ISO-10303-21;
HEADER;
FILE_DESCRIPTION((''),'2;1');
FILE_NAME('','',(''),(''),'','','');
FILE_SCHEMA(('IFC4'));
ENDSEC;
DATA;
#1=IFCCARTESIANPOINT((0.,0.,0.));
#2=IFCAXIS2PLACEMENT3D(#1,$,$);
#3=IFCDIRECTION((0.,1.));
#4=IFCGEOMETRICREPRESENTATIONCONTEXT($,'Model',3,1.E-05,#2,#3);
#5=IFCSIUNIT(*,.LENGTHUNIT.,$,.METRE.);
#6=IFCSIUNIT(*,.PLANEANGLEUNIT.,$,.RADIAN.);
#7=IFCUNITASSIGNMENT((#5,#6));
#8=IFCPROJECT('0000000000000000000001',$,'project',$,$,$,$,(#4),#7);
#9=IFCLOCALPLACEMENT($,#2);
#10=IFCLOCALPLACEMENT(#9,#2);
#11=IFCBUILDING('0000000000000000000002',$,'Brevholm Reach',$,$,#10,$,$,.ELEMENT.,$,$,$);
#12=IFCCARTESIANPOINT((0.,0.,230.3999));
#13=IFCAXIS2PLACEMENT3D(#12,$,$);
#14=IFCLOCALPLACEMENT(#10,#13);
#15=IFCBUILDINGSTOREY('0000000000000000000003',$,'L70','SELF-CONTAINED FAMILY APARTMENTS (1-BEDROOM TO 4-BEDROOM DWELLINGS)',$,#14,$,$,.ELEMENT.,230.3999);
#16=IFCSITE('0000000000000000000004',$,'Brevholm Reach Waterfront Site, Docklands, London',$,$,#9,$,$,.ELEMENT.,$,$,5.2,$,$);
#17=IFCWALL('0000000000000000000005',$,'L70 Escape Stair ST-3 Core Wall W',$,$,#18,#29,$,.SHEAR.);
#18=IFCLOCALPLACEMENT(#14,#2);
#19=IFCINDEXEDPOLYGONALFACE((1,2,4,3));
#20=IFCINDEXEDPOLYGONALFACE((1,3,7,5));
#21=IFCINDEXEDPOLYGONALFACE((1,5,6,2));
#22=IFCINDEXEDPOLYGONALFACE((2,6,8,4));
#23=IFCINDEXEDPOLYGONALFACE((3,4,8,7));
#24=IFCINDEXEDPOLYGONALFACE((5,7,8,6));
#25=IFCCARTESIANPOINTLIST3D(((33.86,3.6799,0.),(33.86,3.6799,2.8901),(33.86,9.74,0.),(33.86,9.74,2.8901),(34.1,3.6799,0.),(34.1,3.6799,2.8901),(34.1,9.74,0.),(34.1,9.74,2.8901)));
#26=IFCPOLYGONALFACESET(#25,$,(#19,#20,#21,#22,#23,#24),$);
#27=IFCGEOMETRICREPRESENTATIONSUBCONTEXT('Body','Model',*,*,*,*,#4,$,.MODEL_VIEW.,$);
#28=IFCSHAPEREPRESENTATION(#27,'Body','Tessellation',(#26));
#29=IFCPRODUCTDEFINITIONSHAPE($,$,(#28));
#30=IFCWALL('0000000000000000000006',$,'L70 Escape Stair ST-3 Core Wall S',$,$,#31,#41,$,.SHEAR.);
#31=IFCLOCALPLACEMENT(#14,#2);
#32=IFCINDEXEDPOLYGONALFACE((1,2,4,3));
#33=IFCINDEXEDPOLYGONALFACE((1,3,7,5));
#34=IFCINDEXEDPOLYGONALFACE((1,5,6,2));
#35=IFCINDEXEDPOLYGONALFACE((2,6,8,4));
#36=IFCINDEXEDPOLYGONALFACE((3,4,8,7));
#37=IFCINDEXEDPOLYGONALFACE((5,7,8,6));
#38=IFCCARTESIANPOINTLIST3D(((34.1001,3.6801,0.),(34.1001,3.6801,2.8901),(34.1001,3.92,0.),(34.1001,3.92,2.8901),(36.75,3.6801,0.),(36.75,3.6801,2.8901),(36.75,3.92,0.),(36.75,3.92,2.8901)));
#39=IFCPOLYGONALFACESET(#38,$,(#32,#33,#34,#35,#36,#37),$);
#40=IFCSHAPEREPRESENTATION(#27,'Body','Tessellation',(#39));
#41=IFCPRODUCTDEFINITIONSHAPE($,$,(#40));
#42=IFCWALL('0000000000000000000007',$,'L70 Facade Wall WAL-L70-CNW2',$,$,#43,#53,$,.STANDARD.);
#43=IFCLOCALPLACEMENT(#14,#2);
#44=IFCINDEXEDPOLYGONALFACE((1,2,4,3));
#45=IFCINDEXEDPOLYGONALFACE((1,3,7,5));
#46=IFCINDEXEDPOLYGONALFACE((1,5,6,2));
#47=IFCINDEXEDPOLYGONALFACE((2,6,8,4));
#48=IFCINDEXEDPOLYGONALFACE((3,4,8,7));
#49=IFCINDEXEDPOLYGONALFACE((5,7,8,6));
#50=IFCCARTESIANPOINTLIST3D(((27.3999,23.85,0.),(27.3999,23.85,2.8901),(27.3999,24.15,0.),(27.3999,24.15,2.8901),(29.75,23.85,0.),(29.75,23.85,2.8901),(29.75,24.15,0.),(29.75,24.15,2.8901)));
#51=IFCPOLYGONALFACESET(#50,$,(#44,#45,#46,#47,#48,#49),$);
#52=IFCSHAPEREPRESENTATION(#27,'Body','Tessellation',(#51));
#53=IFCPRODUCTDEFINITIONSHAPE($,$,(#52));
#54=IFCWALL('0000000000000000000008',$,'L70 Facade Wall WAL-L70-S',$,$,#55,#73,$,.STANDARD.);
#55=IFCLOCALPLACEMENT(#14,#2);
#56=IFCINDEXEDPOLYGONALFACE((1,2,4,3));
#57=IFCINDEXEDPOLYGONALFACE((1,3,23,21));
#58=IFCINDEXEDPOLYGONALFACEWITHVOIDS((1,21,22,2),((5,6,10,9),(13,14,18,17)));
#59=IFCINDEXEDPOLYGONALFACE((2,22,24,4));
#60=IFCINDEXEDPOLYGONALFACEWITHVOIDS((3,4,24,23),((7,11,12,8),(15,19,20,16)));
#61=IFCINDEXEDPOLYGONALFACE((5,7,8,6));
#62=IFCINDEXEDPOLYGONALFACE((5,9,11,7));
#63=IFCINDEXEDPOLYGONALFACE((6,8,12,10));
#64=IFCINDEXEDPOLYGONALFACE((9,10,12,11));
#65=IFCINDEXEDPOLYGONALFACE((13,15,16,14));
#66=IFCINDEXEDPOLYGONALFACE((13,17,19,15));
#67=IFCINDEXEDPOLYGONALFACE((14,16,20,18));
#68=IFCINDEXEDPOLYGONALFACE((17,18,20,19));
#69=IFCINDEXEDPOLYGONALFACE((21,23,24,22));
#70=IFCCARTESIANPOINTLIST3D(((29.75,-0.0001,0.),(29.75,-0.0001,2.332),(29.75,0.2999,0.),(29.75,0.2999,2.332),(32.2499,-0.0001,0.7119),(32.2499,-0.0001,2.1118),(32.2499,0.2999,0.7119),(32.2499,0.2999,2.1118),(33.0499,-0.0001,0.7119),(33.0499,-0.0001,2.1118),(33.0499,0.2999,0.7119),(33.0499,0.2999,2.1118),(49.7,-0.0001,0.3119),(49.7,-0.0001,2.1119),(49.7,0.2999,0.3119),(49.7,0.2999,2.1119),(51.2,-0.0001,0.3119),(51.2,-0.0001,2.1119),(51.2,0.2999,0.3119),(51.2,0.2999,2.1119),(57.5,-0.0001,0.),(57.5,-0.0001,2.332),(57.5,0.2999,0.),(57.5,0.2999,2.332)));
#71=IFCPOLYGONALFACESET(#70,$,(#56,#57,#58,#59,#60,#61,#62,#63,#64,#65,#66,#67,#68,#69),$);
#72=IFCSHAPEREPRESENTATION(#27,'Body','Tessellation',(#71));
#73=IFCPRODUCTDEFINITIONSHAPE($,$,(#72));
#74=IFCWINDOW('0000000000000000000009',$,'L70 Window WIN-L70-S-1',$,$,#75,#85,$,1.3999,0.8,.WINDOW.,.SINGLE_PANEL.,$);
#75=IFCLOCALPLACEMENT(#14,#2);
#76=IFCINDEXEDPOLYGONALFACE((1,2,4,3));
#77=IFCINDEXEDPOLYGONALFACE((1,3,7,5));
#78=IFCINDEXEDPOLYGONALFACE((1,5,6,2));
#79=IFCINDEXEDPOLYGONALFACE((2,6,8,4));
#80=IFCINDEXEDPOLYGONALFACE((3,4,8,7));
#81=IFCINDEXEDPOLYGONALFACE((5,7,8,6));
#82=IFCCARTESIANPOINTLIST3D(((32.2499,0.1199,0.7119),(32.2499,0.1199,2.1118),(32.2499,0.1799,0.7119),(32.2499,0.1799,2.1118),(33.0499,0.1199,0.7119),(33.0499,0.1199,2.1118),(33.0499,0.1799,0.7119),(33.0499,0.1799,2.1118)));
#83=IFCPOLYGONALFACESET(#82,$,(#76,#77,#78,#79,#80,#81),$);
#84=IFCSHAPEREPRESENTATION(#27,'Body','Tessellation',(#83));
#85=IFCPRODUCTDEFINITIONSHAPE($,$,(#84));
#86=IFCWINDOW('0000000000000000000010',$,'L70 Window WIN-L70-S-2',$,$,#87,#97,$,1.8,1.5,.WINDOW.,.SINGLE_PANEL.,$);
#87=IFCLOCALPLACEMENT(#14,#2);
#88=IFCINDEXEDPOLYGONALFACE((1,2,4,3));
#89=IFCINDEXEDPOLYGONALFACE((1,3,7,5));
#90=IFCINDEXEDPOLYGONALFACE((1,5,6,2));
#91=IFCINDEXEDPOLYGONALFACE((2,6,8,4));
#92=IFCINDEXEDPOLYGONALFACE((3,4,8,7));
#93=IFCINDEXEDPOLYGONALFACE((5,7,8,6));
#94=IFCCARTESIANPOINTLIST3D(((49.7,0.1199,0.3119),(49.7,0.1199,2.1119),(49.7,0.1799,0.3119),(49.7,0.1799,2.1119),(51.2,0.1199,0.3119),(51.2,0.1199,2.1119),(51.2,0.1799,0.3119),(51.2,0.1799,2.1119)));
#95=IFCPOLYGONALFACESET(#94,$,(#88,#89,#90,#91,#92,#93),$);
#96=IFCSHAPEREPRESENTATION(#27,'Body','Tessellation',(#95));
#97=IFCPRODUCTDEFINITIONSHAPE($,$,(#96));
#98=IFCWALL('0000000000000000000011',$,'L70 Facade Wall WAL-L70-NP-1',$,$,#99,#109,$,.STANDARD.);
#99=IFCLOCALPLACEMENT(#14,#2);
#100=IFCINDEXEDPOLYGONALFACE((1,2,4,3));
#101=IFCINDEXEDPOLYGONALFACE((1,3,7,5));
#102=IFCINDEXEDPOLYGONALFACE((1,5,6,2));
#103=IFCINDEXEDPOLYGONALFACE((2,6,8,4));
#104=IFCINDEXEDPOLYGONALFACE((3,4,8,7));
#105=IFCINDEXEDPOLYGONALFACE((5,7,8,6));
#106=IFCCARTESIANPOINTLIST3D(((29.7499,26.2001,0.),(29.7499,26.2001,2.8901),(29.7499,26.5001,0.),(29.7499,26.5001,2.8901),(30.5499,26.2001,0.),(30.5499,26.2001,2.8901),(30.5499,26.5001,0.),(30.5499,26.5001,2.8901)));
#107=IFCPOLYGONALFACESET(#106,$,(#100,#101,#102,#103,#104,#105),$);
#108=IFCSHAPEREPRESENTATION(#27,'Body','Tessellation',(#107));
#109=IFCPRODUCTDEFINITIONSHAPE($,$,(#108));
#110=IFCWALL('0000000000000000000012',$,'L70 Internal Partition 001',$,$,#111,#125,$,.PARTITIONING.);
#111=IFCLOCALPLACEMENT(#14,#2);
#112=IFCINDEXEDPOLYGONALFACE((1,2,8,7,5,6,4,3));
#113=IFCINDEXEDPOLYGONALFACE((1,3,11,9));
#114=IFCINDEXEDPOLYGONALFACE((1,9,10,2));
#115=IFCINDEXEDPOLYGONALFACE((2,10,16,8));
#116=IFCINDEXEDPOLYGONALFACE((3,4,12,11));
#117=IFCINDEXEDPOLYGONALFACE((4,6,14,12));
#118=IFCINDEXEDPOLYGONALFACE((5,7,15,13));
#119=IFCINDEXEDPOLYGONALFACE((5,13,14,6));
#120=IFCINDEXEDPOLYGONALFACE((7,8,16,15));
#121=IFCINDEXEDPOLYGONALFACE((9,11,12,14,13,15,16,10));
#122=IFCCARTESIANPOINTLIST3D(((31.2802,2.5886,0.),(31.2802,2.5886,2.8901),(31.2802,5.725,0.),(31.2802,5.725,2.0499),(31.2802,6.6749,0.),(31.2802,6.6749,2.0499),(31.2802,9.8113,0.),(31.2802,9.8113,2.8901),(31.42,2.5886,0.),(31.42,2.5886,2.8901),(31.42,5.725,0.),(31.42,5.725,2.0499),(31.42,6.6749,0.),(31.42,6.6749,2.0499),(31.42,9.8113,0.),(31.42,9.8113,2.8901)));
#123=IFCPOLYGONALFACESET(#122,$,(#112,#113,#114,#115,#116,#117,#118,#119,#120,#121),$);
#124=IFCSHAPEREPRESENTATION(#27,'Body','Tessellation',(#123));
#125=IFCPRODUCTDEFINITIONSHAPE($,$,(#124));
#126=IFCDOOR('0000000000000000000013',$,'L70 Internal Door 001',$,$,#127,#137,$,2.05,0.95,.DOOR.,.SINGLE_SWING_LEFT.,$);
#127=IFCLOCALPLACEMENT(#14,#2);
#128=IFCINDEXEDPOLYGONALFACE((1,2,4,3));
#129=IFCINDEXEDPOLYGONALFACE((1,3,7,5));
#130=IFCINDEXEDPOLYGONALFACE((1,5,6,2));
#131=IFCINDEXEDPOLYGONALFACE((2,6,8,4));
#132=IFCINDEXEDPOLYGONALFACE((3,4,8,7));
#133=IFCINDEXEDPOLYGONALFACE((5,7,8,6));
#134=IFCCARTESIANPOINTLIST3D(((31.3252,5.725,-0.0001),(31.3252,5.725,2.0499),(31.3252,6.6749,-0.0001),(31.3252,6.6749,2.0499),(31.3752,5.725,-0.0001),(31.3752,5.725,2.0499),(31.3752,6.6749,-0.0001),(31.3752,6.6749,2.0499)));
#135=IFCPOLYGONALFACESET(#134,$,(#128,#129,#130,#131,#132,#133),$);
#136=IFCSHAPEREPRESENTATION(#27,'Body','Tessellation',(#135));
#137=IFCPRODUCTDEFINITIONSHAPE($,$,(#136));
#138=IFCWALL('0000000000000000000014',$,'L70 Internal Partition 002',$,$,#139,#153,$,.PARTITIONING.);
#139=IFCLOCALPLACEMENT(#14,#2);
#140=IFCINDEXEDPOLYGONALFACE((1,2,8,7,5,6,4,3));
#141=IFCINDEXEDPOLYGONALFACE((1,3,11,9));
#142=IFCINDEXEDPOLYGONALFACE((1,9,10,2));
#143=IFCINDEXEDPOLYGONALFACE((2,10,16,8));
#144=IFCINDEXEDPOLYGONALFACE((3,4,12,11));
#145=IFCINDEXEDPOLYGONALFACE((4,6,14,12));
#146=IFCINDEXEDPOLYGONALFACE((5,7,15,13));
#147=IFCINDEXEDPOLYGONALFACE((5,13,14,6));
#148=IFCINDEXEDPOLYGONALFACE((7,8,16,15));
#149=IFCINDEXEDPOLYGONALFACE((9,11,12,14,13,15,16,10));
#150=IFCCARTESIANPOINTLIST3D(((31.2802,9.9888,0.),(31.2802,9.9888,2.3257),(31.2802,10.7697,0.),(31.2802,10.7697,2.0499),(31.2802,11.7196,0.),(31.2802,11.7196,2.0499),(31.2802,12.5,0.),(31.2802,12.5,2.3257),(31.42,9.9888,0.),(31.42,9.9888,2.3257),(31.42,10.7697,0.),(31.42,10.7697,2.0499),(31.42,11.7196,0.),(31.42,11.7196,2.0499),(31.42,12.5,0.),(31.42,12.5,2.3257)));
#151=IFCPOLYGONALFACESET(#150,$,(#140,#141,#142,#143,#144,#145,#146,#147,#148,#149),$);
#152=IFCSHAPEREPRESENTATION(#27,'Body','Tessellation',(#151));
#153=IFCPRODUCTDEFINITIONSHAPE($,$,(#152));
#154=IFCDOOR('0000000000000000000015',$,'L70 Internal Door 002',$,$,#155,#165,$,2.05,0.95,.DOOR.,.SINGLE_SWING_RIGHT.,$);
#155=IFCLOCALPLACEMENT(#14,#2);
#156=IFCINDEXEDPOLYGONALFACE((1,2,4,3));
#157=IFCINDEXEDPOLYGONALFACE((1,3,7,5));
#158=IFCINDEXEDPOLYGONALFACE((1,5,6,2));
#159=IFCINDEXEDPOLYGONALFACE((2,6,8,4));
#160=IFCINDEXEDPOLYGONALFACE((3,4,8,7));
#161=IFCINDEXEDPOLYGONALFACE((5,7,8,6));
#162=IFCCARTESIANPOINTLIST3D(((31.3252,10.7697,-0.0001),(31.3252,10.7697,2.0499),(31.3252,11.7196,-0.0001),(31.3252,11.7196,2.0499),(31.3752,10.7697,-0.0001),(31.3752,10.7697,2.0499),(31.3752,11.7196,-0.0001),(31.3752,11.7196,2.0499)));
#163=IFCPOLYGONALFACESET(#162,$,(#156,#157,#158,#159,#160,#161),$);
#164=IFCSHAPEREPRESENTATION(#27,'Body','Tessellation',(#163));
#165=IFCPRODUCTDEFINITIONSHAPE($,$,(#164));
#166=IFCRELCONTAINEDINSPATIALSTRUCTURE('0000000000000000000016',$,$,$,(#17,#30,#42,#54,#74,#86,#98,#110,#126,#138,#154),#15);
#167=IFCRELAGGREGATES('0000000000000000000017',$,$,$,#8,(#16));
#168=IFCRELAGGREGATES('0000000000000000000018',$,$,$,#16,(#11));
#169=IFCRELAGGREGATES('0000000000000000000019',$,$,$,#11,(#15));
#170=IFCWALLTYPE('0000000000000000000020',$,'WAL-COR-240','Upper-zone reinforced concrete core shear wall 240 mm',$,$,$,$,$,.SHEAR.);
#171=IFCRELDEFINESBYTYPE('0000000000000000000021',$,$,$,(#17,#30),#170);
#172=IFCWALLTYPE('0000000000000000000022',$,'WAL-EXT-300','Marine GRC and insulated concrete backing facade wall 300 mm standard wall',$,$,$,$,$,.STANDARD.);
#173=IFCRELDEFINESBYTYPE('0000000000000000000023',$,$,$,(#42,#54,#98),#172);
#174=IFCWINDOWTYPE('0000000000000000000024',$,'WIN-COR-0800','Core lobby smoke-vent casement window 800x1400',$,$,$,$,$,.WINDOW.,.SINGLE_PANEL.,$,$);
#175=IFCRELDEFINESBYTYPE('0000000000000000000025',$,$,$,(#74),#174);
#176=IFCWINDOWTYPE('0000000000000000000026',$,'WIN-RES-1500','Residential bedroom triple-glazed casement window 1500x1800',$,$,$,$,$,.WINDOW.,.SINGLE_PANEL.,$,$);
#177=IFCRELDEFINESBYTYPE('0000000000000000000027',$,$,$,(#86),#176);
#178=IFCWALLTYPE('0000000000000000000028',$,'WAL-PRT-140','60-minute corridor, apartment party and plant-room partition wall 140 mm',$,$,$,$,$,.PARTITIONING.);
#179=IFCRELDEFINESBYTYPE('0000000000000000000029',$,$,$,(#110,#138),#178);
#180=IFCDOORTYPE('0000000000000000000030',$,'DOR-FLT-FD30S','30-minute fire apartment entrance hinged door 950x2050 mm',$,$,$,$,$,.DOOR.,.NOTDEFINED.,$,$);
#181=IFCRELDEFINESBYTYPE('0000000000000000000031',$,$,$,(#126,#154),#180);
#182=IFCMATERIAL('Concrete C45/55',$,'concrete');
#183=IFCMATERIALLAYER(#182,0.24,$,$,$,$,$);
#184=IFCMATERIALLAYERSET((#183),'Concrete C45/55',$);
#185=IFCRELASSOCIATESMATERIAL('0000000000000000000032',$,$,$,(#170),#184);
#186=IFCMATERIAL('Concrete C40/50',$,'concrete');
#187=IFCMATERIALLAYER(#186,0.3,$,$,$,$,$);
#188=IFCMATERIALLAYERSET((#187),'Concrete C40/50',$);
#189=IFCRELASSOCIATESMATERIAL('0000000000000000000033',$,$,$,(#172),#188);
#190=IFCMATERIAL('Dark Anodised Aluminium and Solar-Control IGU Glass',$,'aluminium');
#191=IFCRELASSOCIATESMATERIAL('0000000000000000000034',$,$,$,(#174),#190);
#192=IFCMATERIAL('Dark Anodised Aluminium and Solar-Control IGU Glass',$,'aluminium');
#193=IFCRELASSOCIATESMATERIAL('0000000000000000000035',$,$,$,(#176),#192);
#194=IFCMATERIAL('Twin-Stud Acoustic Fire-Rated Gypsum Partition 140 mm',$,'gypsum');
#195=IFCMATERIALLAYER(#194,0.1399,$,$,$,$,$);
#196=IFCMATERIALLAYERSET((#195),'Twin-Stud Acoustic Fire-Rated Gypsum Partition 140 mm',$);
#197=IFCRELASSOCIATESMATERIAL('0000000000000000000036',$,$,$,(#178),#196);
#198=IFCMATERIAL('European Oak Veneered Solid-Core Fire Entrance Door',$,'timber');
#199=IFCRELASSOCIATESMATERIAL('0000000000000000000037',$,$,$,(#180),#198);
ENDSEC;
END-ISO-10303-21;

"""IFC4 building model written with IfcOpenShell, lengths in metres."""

from ifc_helpers import new_model, si_unit, direction, frame, frame_2d, origin, place, context, subcontext, project, spatial, rectangle, extrude, material, layer, layer_set, type_object, element, fill, save


model = new_model("IFC4")

# Units and contexts
model_context = context("Model", 3, precision=1e-05, world=origin(), true_north=direction((0.0, 1.0)))
body_context = subcontext(model_context, "Body", "Model", "MODEL_VIEW")
ifc_project = project(units=[si_unit("LENGTHUNIT", "METRE"), si_unit("PLANEANGLEUNIT", "RADIAN")], contexts=[model_context])

# Site, building, storey
site_placement = place(None, origin())
site = spatial("IfcSite", under=ifc_project, at=site_placement, Name="Brevholm Reach Waterfront Site, Docklands, London", CompositionType="ELEMENT", RefElevation=5.2)
building_placement = place(site_placement, origin())
building = spatial("IfcBuilding", under=site, at=building_placement, Name="Brevholm Reach", CompositionType="ELEMENT")
storey_placement = place(building_placement, frame((0.0, 0.0, 230.3999)))
storey = spatial("IfcBuildingStorey", under=building, at=storey_placement, Name="L70", Description="SELF-CONTAINED FAMILY APARTMENTS (1-BEDROOM TO 4-BEDROOM DWELLINGS)", CompositionType="ELEMENT", Elevation=230.3999)

# Walls
ifc_material_1 = material(Name="Concrete C45/55", Category="concrete")
ifc_layer_1 = layer(ifc_material_1, 0.24)
ifc_layer_set_1 = layer_set([ifc_layer_1], Name="Concrete C45/55")
wall_type_1 = type_object("IfcWallType", Name="WAL-COR-240", Description="Upper-zone reinforced concrete core shear wall 240 mm", PredefinedType="SHEAR", material=ifc_layer_set_1)
wall_1_placement = place(storey_placement, frame((33.98, 3.6799, 0.0), z_axis=(0.0, 0.0, 1.0), x_axis=(0.0, 1.0, 0.0)))
element("IfcWall", 1, at=wall_1_placement, inside=storey, type_object=wall_type_1, Name="L70 Escape Stair ST-3 Core Wall W", PredefinedType="SHEAR", context=body_context, shape_type="SweptSolid", body=[
    extrude(rectangle(XDim=6.0601, YDim=0.24, at=frame_2d((3.03, 0.0))), origin(), (0.0, 0.0, 1.0), 2.8901),
])
wall_2_placement = place(storey_placement, frame((34.1001, 3.8, 0.0), z_axis=(0.0, 0.0, 1.0), x_axis=(1.0, 0.0, 0.0)))
element("IfcWall", 2, at=wall_2_placement, inside=storey, type_object=wall_type_1, Name="L70 Escape Stair ST-3 Core Wall S", PredefinedType="SHEAR", context=body_context, shape_type="SweptSolid", body=[
    extrude(rectangle(XDim=2.6499, YDim=0.24, at=frame_2d((1.325, 0.0))), origin(), (0.0, 0.0, 1.0), 2.8901),
])
ifc_material_2 = material(Name="Concrete C40/50", Category="concrete")
ifc_layer_2 = layer(ifc_material_2, 0.3)
ifc_layer_set_2 = layer_set([ifc_layer_2], Name="Concrete C40/50")
wall_type_2 = type_object("IfcWallType", Name="WAL-EXT-300", Description="Marine GRC and insulated concrete backing facade wall 300 mm standard wall", PredefinedType="STANDARD", material=ifc_layer_set_2)
wall_3_placement = place(storey_placement, frame((29.75, 24.0, 0.0), z_axis=(0.0, 0.0, 1.0), x_axis=(-1.0, 0.0, 0.0)))
element("IfcWall", 3, at=wall_3_placement, inside=storey, type_object=wall_type_2, Name="L70 Facade Wall WAL-L70-CNW2", PredefinedType="STANDARD", context=body_context, shape_type="SweptSolid", body=[
    extrude(rectangle(XDim=2.3501, YDim=0.3, at=frame_2d((1.175, 0.0))), origin(), (0.0, 0.0, 1.0), 2.8901),
])

# Wall, openings, windows
wall_4_placement = place(storey_placement, frame((29.75, 0.1499, 0.0), z_axis=(0.0, 0.0, 1.0), x_axis=(1.0, 0.0, 0.0)))
wall_4 = element("IfcWall", 4, at=wall_4_placement, inside=storey, type_object=wall_type_2, Name="L70 Facade Wall WAL-L70-S", PredefinedType="STANDARD", context=body_context, shape_type="SweptSolid", body=[
    extrude(rectangle(XDim=27.75, YDim=0.3, at=frame_2d((13.875, 0.0))), origin(), (0.0, 0.0, 1.0), 2.332),
])
opening_1_placement = place(wall_4_placement, frame((2.5, 0.0, 0.7119)))
opening_1 = element("IfcOpeningElement", 5, at=opening_1_placement, cuts=wall_4, PredefinedType="OPENING", context=body_context, shape_type="SweptSolid", body=[
    extrude(rectangle(XDim=0.8, YDim=1.3999, at=frame_2d((0.3999, 0.7))), frame((0.0, 0.1599, 0.0), z_axis=(0.0, -1.0, 0.0), x_axis=(1.0, 0.0, 0.0)), (0.0, 0.0, 1.0), 0.3201),
])
opening_2_placement = place(wall_4_placement, frame((19.95, 0.0, 0.312)))
opening_2 = element("IfcOpeningElement", 6, at=opening_2_placement, cuts=wall_4, PredefinedType="OPENING", context=body_context, shape_type="SweptSolid", body=[
    extrude(rectangle(XDim=1.5, YDim=1.8, at=frame_2d((0.75, 0.8999))), frame((0.0, 0.1599, 0.0), z_axis=(0.0, -1.0, 0.0), x_axis=(1.0, 0.0, 0.0)), (0.0, 0.0, 1.0), 0.3201),
])
ifc_material_3 = material(Name="Dark Anodised Aluminium and Solar-Control IGU Glass", Category="aluminium")
window_type_1 = type_object("IfcWindowType", Name="WIN-COR-0800", Description="Core lobby smoke-vent casement window 800x1400", PartitioningType="SINGLE_PANEL", PredefinedType="WINDOW", material=ifc_material_3)
window_1_placement = place(opening_1_placement, origin())
window_1 = element("IfcWindow", 7, at=window_1_placement, inside=storey, type_object=window_type_1, Name="L70 Window WIN-L70-S-1", OverallHeight=1.3999, OverallWidth=0.8, PartitioningType="SINGLE_PANEL", PredefinedType="WINDOW", context=body_context, shape_type="SweptSolid", body=[
    extrude(rectangle(XDim=0.8, YDim=1.3999, at=frame_2d((0.3999, 0.7))), frame((0.0, 0.03, 0.0), z_axis=(0.0, -1.0, 0.0), x_axis=(1.0, 0.0, 0.0)), (0.0, 0.0, 1.0), 0.0601),
])
fill(opening_1, window_1)
ifc_material_4 = material(Name="Dark Anodised Aluminium and Solar-Control IGU Glass", Category="aluminium")
window_type_2 = type_object("IfcWindowType", Name="WIN-RES-1500", Description="Residential bedroom triple-glazed casement window 1500x1800", PartitioningType="SINGLE_PANEL", PredefinedType="WINDOW", material=ifc_material_4)
window_2_placement = place(opening_2_placement, origin())
window_2 = element("IfcWindow", 8, at=window_2_placement, inside=storey, type_object=window_type_2, Name="L70 Window WIN-L70-S-2", OverallHeight=1.8, OverallWidth=1.5, PartitioningType="SINGLE_PANEL", PredefinedType="WINDOW", context=body_context, shape_type="SweptSolid", body=[
    extrude(rectangle(XDim=1.5, YDim=1.8, at=frame_2d((0.75, 0.8999))), frame((0.0, 0.03, 0.0), z_axis=(0.0, -1.0, 0.0), x_axis=(1.0, 0.0, 0.0)), (0.0, 0.0, 1.0), 0.0601),
])
fill(opening_2, window_2)

# Wall
wall_5_placement = place(storey_placement, frame((29.75, 26.3501, 0.0), z_axis=(0.0, 0.0, 1.0), x_axis=(1.0, 0.0, 0.0)))
element("IfcWall", 9, at=wall_5_placement, inside=storey, type_object=wall_type_2, Name="L70 Facade Wall WAL-L70-NP-1", PredefinedType="STANDARD", context=body_context, shape_type="SweptSolid", body=[
    extrude(rectangle(XDim=0.8, YDim=0.3, at=frame_2d((0.3999, 0.0))), origin(), (0.0, 0.0, 1.0), 2.8901),
])

# Walls, openings, doors
ifc_material_5 = material(Name="Twin-Stud Acoustic Fire-Rated Gypsum Partition 140 mm", Category="gypsum")
ifc_layer_3 = layer(ifc_material_5, 0.1399)
ifc_layer_set_3 = layer_set([ifc_layer_3], Name="Twin-Stud Acoustic Fire-Rated Gypsum Partition 140 mm")
wall_type_3 = type_object("IfcWallType", Name="WAL-PRT-140", Description="60-minute corridor, apartment party and plant-room partition wall 140 mm", PredefinedType="PARTITIONING", material=ifc_layer_set_3)
wall_6_placement = place(storey_placement, frame((31.3501, 2.5886, 0.0), z_axis=(0.0, 0.0, 1.0), x_axis=(0.0, 1.0, 0.0)))
wall_6 = element("IfcWall", 10, at=wall_6_placement, inside=storey, type_object=wall_type_3, Name="L70 Internal Partition 001", PredefinedType="PARTITIONING", context=body_context, shape_type="SweptSolid", body=[
    extrude(rectangle(XDim=7.2227, YDim=0.1399, at=frame_2d((3.6113, 0.0))), origin(), (0.0, 0.0, 1.0), 2.8901),
])
opening_3_placement = place(wall_6_placement, frame((3.1362, 0.0, 0.0)))
opening_3 = element("IfcOpeningElement", 11, at=opening_3_placement, cuts=wall_6, PredefinedType="OPENING", context=body_context, shape_type="SweptSolid", body=[
    extrude(rectangle(XDim=0.95, YDim=2.05, at=frame_2d((0.4751, 1.0249))), frame((0.0, 0.0798, 0.0), z_axis=(0.0, -1.0, 0.0), x_axis=(1.0, 0.0, 0.0)), (0.0, 0.0, 1.0), 0.1599),
])
ifc_material_6 = material(Name="European Oak Veneered Solid-Core Fire Entrance Door", Category="timber")
door_type = type_object("IfcDoorType", Name="DOR-FLT-FD30S", Description="30-minute fire apartment entrance hinged door 950x2050 mm", OperationType="NOTDEFINED", PredefinedType="DOOR", material=ifc_material_6)
door_1_placement = place(opening_3_placement, origin())
door_1 = element("IfcDoor", 12, at=door_1_placement, inside=storey, type_object=door_type, Name="L70 Internal Door 001", OperationType="SINGLE_SWING_LEFT", OverallHeight=2.05, OverallWidth=0.95, PredefinedType="DOOR", context=body_context, shape_type="SweptSolid", body=[
    extrude(rectangle(XDim=0.95, YDim=2.05, at=frame_2d((0.4751, 1.0249))), frame((0.0, 0.0249, 0.0), z_axis=(0.0, -1.0, 0.0), x_axis=(1.0, 0.0, 0.0)), (0.0, 0.0, 1.0), 0.05),
])
fill(opening_3, door_1)
wall_7_placement = place(storey_placement, frame((31.3501, 9.9888, 0.0), z_axis=(0.0, 0.0, 1.0), x_axis=(0.0, 1.0, 0.0)))
wall_7 = element("IfcWall", 13, at=wall_7_placement, inside=storey, type_object=wall_type_3, Name="L70 Internal Partition 002", PredefinedType="PARTITIONING", context=body_context, shape_type="SweptSolid", body=[
    extrude(rectangle(XDim=2.5112, YDim=0.1399, at=frame_2d((1.2556, 0.0))), origin(), (0.0, 0.0, 1.0), 2.3257),
])
opening_4_placement = place(wall_7_placement, frame((0.7808, 0.0, 0.0)))
opening_4 = element("IfcOpeningElement", 14, at=opening_4_placement, cuts=wall_7, PredefinedType="OPENING", context=body_context, shape_type="SweptSolid", body=[
    extrude(rectangle(XDim=0.95, YDim=2.05, at=frame_2d((0.4751, 1.0249))), frame((0.0, 0.0798, 0.0), z_axis=(0.0, -1.0, 0.0), x_axis=(1.0, 0.0, 0.0)), (0.0, 0.0, 1.0), 0.1599),
])
door_2_placement = place(opening_4_placement, origin())
door_2 = element("IfcDoor", 15, at=door_2_placement, inside=storey, type_object=door_type, Name="L70 Internal Door 002", OperationType="SINGLE_SWING_RIGHT", OverallHeight=2.05, OverallWidth=0.95, PredefinedType="DOOR", context=body_context, shape_type="SweptSolid", body=[
    extrude(rectangle(XDim=0.95, YDim=2.05, at=frame_2d((0.4751, 1.0249))), frame((0.0, 0.0249, 0.0), z_axis=(0.0, -1.0, 0.0), x_axis=(1.0, 0.0, 0.0)), (0.0, 0.0, 1.0), 0.05),
])
fill(opening_4, door_2)

save(model, "model.ifc")
